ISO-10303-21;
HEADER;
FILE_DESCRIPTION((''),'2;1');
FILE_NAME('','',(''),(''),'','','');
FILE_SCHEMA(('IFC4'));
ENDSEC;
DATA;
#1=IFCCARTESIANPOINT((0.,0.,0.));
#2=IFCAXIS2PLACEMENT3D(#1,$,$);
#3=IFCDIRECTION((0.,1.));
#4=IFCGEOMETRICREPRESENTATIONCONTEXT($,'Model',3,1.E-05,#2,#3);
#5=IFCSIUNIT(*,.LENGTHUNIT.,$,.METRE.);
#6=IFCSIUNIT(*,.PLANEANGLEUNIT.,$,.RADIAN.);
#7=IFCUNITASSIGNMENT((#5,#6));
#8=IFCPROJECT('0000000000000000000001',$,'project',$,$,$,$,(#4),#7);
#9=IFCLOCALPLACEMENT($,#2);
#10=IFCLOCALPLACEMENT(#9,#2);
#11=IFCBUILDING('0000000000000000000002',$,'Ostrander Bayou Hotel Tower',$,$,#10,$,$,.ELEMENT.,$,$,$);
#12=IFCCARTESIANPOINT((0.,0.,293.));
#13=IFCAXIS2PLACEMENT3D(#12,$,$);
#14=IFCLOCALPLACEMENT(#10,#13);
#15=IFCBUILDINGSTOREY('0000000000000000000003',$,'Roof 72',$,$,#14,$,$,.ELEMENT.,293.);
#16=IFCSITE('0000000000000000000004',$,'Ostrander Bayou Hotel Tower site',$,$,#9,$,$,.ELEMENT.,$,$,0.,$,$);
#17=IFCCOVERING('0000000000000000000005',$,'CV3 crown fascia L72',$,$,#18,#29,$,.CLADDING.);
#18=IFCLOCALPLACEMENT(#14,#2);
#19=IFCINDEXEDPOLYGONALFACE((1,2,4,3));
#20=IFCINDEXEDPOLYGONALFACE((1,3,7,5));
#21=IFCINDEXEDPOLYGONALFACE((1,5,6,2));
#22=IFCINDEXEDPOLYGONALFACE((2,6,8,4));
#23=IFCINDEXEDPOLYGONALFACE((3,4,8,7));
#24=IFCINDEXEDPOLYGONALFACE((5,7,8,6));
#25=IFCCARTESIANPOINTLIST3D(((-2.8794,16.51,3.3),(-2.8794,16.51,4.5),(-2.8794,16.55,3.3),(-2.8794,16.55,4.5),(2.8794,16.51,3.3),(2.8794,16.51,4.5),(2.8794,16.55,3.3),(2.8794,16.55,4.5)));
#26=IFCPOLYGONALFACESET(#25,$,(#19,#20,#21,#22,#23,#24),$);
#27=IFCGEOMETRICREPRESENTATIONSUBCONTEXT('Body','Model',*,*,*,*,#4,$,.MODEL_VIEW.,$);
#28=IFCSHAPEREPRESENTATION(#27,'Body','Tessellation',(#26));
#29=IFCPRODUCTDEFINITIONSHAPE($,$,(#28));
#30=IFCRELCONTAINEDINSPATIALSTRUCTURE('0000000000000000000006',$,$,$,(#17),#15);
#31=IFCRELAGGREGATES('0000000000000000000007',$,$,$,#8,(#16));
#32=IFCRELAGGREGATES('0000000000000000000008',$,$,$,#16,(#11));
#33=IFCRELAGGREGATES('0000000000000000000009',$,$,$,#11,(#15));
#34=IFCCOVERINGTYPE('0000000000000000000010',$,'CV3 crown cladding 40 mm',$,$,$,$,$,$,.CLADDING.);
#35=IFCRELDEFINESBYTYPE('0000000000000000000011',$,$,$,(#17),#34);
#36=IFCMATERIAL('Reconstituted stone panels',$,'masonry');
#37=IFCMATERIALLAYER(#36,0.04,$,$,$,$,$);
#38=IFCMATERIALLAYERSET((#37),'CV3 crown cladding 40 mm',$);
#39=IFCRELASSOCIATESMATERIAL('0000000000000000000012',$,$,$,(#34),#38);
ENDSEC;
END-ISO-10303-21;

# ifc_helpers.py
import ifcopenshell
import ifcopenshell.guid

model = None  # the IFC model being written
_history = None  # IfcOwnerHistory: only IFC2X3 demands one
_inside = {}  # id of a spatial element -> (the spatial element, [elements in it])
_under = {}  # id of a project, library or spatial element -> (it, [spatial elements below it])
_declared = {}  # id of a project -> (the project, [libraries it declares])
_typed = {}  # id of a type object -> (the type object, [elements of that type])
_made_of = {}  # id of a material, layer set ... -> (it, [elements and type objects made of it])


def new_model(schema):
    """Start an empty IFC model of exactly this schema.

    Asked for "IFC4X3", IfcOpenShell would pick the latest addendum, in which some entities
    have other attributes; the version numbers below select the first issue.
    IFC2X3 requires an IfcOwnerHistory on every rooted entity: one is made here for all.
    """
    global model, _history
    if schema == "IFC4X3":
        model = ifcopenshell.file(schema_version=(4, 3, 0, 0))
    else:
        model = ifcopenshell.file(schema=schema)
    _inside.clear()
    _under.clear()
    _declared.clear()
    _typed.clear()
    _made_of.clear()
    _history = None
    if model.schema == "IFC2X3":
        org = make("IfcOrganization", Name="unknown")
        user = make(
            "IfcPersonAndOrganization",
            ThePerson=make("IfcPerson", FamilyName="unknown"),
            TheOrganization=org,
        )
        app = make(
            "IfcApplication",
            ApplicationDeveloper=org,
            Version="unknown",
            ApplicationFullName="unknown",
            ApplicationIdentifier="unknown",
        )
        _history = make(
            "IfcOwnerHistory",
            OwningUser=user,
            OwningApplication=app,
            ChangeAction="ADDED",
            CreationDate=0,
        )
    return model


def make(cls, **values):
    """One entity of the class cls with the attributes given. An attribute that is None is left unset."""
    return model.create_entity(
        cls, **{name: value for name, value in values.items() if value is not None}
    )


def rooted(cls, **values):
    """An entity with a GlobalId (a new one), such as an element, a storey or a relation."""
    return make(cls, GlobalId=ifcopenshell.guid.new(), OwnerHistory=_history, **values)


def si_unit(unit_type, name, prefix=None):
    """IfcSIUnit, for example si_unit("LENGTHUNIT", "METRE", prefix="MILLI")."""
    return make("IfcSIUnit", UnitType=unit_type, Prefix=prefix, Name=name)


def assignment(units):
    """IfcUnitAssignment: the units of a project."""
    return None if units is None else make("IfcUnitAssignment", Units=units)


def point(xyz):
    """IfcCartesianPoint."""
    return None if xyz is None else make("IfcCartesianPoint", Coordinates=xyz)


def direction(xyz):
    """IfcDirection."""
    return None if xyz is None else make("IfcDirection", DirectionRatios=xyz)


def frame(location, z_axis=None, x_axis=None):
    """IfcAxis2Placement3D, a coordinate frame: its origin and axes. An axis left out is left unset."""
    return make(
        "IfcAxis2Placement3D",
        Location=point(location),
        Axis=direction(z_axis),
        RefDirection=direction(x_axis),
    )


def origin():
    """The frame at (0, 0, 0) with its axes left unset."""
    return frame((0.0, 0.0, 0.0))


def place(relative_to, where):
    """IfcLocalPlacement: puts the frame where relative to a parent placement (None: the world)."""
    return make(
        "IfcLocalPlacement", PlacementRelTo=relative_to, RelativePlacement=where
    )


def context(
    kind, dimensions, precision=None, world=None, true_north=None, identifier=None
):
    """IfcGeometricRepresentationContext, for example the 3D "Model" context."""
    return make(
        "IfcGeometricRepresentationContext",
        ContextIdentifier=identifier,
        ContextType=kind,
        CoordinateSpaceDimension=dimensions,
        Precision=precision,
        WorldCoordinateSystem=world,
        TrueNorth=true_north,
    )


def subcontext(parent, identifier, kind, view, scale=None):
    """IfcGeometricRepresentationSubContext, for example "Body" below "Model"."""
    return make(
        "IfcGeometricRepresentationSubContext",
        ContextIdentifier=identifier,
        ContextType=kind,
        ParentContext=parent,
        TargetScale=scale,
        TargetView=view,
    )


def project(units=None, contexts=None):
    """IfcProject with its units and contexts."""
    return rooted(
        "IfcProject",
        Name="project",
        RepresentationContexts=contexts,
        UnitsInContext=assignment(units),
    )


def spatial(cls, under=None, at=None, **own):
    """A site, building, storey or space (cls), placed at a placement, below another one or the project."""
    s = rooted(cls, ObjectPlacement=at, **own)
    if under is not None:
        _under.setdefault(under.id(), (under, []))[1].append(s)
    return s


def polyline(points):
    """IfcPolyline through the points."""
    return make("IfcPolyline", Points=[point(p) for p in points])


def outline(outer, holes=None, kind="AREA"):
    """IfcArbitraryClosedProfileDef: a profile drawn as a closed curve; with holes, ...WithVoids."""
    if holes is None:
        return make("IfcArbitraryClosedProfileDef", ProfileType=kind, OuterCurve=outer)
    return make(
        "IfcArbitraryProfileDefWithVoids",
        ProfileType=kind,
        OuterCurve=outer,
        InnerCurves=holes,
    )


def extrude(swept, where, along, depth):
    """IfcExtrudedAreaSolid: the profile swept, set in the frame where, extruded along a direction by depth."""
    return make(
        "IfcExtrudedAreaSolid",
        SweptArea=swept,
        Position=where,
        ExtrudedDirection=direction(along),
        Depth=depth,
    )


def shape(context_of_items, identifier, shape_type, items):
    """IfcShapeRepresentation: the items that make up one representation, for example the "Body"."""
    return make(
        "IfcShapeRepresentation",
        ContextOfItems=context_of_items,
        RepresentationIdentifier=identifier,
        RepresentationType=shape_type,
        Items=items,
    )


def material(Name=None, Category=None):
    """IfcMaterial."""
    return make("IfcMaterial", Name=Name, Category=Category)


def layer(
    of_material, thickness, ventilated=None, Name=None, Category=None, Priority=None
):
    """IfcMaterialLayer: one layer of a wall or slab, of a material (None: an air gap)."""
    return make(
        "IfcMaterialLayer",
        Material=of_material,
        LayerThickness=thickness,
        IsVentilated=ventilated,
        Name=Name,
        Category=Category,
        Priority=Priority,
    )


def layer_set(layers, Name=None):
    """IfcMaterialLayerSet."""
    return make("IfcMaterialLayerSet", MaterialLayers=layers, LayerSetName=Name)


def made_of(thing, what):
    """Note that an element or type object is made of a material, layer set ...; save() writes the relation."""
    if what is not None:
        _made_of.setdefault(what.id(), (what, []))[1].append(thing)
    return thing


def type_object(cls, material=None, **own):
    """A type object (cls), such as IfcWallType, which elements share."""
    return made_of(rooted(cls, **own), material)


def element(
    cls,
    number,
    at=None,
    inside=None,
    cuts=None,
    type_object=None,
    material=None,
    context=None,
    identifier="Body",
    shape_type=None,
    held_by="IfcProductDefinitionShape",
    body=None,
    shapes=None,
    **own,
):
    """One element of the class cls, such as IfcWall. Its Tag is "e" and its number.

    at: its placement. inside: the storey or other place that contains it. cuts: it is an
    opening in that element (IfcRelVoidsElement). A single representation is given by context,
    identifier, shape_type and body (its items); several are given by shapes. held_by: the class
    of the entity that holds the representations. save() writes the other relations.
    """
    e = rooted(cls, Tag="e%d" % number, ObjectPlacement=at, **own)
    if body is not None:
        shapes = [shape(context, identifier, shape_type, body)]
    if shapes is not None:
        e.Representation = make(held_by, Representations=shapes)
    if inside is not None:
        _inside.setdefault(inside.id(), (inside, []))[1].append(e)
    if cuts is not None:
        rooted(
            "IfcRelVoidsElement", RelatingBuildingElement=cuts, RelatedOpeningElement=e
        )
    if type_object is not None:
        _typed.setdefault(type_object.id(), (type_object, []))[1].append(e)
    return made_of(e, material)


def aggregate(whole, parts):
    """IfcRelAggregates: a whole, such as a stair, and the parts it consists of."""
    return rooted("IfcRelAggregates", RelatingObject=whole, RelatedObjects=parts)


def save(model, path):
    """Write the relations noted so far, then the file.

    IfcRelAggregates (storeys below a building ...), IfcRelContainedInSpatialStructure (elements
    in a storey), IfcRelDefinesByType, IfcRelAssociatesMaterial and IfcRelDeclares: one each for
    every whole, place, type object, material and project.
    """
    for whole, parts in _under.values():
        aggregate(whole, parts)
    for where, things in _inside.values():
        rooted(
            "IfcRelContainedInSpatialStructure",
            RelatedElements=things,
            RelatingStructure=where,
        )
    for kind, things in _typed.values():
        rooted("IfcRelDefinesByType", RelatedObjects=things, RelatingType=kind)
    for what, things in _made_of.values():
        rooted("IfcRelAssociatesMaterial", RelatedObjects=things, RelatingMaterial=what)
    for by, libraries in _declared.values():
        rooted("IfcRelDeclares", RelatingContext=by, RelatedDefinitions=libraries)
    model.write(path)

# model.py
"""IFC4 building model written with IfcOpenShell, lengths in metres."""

from ifc_helpers import new_model, si_unit, direction, frame, origin, place, context, subcontext, project, spatial, polyline, outline, extrude, material, layer, layer_set, type_object, element, save


model = new_model("IFC4")

# Units and contexts
model_context = context("Model", 3, precision=1e-05, world=origin(), true_north=direction((0.0, 1.0)))
body_context = subcontext(model_context, "Body", "Model", "MODEL_VIEW")
ifc_project = project(units=[si_unit("LENGTHUNIT", "METRE"), si_unit("PLANEANGLEUNIT", "RADIAN")], contexts=[model_context])

# Site, building, storey
site_placement = place(None, origin())
site = spatial("IfcSite", under=ifc_project, at=site_placement, Name="Ostrander Bayou Hotel Tower site", CompositionType="ELEMENT", RefElevation=0.0)
building_placement = place(site_placement, origin())
building = spatial("IfcBuilding", under=site, at=building_placement, Name="Ostrander Bayou Hotel Tower", CompositionType="ELEMENT")
storey_placement = place(building_placement, frame((0.0, 0.0, 293.0)))
storey = spatial("IfcBuildingStorey", under=building, at=storey_placement, Name="Roof 72", CompositionType="ELEMENT", Elevation=293.0)

# Covering
ifc_material_1 = material(Name="Reconstituted stone panels", Category="masonry")
ifc_layer_1 = layer(ifc_material_1, 0.04)
ifc_layer_set_1 = layer_set([ifc_layer_1], Name="CV3 crown cladding 40 mm")
covering_type = type_object("IfcCoveringType", Name="CV3 crown cladding 40 mm", PredefinedType="CLADDING", material=ifc_layer_set_1)
covering_1_placement = place(storey_placement, frame((2.8794, 16.55, 3.3), z_axis=(0.0, 1.0, 0.0), x_axis=(-1.0, 0.0, 0.0)))
element("IfcCovering", 1, at=covering_1_placement, inside=storey, type_object=covering_type, Name="CV3 crown fascia L72", PredefinedType="CLADDING", context=body_context, shape_type="SweptSolid", body=[
    extrude(outline(polyline([(0.0, 0.0), (5.7588, 0.0), (5.7588, 1.2), (0.0, 1.2), (0.0, 0.0)])), origin(), (0.0, 0.0, -1.0), 0.04),
])

save(model, "model.ifc")
